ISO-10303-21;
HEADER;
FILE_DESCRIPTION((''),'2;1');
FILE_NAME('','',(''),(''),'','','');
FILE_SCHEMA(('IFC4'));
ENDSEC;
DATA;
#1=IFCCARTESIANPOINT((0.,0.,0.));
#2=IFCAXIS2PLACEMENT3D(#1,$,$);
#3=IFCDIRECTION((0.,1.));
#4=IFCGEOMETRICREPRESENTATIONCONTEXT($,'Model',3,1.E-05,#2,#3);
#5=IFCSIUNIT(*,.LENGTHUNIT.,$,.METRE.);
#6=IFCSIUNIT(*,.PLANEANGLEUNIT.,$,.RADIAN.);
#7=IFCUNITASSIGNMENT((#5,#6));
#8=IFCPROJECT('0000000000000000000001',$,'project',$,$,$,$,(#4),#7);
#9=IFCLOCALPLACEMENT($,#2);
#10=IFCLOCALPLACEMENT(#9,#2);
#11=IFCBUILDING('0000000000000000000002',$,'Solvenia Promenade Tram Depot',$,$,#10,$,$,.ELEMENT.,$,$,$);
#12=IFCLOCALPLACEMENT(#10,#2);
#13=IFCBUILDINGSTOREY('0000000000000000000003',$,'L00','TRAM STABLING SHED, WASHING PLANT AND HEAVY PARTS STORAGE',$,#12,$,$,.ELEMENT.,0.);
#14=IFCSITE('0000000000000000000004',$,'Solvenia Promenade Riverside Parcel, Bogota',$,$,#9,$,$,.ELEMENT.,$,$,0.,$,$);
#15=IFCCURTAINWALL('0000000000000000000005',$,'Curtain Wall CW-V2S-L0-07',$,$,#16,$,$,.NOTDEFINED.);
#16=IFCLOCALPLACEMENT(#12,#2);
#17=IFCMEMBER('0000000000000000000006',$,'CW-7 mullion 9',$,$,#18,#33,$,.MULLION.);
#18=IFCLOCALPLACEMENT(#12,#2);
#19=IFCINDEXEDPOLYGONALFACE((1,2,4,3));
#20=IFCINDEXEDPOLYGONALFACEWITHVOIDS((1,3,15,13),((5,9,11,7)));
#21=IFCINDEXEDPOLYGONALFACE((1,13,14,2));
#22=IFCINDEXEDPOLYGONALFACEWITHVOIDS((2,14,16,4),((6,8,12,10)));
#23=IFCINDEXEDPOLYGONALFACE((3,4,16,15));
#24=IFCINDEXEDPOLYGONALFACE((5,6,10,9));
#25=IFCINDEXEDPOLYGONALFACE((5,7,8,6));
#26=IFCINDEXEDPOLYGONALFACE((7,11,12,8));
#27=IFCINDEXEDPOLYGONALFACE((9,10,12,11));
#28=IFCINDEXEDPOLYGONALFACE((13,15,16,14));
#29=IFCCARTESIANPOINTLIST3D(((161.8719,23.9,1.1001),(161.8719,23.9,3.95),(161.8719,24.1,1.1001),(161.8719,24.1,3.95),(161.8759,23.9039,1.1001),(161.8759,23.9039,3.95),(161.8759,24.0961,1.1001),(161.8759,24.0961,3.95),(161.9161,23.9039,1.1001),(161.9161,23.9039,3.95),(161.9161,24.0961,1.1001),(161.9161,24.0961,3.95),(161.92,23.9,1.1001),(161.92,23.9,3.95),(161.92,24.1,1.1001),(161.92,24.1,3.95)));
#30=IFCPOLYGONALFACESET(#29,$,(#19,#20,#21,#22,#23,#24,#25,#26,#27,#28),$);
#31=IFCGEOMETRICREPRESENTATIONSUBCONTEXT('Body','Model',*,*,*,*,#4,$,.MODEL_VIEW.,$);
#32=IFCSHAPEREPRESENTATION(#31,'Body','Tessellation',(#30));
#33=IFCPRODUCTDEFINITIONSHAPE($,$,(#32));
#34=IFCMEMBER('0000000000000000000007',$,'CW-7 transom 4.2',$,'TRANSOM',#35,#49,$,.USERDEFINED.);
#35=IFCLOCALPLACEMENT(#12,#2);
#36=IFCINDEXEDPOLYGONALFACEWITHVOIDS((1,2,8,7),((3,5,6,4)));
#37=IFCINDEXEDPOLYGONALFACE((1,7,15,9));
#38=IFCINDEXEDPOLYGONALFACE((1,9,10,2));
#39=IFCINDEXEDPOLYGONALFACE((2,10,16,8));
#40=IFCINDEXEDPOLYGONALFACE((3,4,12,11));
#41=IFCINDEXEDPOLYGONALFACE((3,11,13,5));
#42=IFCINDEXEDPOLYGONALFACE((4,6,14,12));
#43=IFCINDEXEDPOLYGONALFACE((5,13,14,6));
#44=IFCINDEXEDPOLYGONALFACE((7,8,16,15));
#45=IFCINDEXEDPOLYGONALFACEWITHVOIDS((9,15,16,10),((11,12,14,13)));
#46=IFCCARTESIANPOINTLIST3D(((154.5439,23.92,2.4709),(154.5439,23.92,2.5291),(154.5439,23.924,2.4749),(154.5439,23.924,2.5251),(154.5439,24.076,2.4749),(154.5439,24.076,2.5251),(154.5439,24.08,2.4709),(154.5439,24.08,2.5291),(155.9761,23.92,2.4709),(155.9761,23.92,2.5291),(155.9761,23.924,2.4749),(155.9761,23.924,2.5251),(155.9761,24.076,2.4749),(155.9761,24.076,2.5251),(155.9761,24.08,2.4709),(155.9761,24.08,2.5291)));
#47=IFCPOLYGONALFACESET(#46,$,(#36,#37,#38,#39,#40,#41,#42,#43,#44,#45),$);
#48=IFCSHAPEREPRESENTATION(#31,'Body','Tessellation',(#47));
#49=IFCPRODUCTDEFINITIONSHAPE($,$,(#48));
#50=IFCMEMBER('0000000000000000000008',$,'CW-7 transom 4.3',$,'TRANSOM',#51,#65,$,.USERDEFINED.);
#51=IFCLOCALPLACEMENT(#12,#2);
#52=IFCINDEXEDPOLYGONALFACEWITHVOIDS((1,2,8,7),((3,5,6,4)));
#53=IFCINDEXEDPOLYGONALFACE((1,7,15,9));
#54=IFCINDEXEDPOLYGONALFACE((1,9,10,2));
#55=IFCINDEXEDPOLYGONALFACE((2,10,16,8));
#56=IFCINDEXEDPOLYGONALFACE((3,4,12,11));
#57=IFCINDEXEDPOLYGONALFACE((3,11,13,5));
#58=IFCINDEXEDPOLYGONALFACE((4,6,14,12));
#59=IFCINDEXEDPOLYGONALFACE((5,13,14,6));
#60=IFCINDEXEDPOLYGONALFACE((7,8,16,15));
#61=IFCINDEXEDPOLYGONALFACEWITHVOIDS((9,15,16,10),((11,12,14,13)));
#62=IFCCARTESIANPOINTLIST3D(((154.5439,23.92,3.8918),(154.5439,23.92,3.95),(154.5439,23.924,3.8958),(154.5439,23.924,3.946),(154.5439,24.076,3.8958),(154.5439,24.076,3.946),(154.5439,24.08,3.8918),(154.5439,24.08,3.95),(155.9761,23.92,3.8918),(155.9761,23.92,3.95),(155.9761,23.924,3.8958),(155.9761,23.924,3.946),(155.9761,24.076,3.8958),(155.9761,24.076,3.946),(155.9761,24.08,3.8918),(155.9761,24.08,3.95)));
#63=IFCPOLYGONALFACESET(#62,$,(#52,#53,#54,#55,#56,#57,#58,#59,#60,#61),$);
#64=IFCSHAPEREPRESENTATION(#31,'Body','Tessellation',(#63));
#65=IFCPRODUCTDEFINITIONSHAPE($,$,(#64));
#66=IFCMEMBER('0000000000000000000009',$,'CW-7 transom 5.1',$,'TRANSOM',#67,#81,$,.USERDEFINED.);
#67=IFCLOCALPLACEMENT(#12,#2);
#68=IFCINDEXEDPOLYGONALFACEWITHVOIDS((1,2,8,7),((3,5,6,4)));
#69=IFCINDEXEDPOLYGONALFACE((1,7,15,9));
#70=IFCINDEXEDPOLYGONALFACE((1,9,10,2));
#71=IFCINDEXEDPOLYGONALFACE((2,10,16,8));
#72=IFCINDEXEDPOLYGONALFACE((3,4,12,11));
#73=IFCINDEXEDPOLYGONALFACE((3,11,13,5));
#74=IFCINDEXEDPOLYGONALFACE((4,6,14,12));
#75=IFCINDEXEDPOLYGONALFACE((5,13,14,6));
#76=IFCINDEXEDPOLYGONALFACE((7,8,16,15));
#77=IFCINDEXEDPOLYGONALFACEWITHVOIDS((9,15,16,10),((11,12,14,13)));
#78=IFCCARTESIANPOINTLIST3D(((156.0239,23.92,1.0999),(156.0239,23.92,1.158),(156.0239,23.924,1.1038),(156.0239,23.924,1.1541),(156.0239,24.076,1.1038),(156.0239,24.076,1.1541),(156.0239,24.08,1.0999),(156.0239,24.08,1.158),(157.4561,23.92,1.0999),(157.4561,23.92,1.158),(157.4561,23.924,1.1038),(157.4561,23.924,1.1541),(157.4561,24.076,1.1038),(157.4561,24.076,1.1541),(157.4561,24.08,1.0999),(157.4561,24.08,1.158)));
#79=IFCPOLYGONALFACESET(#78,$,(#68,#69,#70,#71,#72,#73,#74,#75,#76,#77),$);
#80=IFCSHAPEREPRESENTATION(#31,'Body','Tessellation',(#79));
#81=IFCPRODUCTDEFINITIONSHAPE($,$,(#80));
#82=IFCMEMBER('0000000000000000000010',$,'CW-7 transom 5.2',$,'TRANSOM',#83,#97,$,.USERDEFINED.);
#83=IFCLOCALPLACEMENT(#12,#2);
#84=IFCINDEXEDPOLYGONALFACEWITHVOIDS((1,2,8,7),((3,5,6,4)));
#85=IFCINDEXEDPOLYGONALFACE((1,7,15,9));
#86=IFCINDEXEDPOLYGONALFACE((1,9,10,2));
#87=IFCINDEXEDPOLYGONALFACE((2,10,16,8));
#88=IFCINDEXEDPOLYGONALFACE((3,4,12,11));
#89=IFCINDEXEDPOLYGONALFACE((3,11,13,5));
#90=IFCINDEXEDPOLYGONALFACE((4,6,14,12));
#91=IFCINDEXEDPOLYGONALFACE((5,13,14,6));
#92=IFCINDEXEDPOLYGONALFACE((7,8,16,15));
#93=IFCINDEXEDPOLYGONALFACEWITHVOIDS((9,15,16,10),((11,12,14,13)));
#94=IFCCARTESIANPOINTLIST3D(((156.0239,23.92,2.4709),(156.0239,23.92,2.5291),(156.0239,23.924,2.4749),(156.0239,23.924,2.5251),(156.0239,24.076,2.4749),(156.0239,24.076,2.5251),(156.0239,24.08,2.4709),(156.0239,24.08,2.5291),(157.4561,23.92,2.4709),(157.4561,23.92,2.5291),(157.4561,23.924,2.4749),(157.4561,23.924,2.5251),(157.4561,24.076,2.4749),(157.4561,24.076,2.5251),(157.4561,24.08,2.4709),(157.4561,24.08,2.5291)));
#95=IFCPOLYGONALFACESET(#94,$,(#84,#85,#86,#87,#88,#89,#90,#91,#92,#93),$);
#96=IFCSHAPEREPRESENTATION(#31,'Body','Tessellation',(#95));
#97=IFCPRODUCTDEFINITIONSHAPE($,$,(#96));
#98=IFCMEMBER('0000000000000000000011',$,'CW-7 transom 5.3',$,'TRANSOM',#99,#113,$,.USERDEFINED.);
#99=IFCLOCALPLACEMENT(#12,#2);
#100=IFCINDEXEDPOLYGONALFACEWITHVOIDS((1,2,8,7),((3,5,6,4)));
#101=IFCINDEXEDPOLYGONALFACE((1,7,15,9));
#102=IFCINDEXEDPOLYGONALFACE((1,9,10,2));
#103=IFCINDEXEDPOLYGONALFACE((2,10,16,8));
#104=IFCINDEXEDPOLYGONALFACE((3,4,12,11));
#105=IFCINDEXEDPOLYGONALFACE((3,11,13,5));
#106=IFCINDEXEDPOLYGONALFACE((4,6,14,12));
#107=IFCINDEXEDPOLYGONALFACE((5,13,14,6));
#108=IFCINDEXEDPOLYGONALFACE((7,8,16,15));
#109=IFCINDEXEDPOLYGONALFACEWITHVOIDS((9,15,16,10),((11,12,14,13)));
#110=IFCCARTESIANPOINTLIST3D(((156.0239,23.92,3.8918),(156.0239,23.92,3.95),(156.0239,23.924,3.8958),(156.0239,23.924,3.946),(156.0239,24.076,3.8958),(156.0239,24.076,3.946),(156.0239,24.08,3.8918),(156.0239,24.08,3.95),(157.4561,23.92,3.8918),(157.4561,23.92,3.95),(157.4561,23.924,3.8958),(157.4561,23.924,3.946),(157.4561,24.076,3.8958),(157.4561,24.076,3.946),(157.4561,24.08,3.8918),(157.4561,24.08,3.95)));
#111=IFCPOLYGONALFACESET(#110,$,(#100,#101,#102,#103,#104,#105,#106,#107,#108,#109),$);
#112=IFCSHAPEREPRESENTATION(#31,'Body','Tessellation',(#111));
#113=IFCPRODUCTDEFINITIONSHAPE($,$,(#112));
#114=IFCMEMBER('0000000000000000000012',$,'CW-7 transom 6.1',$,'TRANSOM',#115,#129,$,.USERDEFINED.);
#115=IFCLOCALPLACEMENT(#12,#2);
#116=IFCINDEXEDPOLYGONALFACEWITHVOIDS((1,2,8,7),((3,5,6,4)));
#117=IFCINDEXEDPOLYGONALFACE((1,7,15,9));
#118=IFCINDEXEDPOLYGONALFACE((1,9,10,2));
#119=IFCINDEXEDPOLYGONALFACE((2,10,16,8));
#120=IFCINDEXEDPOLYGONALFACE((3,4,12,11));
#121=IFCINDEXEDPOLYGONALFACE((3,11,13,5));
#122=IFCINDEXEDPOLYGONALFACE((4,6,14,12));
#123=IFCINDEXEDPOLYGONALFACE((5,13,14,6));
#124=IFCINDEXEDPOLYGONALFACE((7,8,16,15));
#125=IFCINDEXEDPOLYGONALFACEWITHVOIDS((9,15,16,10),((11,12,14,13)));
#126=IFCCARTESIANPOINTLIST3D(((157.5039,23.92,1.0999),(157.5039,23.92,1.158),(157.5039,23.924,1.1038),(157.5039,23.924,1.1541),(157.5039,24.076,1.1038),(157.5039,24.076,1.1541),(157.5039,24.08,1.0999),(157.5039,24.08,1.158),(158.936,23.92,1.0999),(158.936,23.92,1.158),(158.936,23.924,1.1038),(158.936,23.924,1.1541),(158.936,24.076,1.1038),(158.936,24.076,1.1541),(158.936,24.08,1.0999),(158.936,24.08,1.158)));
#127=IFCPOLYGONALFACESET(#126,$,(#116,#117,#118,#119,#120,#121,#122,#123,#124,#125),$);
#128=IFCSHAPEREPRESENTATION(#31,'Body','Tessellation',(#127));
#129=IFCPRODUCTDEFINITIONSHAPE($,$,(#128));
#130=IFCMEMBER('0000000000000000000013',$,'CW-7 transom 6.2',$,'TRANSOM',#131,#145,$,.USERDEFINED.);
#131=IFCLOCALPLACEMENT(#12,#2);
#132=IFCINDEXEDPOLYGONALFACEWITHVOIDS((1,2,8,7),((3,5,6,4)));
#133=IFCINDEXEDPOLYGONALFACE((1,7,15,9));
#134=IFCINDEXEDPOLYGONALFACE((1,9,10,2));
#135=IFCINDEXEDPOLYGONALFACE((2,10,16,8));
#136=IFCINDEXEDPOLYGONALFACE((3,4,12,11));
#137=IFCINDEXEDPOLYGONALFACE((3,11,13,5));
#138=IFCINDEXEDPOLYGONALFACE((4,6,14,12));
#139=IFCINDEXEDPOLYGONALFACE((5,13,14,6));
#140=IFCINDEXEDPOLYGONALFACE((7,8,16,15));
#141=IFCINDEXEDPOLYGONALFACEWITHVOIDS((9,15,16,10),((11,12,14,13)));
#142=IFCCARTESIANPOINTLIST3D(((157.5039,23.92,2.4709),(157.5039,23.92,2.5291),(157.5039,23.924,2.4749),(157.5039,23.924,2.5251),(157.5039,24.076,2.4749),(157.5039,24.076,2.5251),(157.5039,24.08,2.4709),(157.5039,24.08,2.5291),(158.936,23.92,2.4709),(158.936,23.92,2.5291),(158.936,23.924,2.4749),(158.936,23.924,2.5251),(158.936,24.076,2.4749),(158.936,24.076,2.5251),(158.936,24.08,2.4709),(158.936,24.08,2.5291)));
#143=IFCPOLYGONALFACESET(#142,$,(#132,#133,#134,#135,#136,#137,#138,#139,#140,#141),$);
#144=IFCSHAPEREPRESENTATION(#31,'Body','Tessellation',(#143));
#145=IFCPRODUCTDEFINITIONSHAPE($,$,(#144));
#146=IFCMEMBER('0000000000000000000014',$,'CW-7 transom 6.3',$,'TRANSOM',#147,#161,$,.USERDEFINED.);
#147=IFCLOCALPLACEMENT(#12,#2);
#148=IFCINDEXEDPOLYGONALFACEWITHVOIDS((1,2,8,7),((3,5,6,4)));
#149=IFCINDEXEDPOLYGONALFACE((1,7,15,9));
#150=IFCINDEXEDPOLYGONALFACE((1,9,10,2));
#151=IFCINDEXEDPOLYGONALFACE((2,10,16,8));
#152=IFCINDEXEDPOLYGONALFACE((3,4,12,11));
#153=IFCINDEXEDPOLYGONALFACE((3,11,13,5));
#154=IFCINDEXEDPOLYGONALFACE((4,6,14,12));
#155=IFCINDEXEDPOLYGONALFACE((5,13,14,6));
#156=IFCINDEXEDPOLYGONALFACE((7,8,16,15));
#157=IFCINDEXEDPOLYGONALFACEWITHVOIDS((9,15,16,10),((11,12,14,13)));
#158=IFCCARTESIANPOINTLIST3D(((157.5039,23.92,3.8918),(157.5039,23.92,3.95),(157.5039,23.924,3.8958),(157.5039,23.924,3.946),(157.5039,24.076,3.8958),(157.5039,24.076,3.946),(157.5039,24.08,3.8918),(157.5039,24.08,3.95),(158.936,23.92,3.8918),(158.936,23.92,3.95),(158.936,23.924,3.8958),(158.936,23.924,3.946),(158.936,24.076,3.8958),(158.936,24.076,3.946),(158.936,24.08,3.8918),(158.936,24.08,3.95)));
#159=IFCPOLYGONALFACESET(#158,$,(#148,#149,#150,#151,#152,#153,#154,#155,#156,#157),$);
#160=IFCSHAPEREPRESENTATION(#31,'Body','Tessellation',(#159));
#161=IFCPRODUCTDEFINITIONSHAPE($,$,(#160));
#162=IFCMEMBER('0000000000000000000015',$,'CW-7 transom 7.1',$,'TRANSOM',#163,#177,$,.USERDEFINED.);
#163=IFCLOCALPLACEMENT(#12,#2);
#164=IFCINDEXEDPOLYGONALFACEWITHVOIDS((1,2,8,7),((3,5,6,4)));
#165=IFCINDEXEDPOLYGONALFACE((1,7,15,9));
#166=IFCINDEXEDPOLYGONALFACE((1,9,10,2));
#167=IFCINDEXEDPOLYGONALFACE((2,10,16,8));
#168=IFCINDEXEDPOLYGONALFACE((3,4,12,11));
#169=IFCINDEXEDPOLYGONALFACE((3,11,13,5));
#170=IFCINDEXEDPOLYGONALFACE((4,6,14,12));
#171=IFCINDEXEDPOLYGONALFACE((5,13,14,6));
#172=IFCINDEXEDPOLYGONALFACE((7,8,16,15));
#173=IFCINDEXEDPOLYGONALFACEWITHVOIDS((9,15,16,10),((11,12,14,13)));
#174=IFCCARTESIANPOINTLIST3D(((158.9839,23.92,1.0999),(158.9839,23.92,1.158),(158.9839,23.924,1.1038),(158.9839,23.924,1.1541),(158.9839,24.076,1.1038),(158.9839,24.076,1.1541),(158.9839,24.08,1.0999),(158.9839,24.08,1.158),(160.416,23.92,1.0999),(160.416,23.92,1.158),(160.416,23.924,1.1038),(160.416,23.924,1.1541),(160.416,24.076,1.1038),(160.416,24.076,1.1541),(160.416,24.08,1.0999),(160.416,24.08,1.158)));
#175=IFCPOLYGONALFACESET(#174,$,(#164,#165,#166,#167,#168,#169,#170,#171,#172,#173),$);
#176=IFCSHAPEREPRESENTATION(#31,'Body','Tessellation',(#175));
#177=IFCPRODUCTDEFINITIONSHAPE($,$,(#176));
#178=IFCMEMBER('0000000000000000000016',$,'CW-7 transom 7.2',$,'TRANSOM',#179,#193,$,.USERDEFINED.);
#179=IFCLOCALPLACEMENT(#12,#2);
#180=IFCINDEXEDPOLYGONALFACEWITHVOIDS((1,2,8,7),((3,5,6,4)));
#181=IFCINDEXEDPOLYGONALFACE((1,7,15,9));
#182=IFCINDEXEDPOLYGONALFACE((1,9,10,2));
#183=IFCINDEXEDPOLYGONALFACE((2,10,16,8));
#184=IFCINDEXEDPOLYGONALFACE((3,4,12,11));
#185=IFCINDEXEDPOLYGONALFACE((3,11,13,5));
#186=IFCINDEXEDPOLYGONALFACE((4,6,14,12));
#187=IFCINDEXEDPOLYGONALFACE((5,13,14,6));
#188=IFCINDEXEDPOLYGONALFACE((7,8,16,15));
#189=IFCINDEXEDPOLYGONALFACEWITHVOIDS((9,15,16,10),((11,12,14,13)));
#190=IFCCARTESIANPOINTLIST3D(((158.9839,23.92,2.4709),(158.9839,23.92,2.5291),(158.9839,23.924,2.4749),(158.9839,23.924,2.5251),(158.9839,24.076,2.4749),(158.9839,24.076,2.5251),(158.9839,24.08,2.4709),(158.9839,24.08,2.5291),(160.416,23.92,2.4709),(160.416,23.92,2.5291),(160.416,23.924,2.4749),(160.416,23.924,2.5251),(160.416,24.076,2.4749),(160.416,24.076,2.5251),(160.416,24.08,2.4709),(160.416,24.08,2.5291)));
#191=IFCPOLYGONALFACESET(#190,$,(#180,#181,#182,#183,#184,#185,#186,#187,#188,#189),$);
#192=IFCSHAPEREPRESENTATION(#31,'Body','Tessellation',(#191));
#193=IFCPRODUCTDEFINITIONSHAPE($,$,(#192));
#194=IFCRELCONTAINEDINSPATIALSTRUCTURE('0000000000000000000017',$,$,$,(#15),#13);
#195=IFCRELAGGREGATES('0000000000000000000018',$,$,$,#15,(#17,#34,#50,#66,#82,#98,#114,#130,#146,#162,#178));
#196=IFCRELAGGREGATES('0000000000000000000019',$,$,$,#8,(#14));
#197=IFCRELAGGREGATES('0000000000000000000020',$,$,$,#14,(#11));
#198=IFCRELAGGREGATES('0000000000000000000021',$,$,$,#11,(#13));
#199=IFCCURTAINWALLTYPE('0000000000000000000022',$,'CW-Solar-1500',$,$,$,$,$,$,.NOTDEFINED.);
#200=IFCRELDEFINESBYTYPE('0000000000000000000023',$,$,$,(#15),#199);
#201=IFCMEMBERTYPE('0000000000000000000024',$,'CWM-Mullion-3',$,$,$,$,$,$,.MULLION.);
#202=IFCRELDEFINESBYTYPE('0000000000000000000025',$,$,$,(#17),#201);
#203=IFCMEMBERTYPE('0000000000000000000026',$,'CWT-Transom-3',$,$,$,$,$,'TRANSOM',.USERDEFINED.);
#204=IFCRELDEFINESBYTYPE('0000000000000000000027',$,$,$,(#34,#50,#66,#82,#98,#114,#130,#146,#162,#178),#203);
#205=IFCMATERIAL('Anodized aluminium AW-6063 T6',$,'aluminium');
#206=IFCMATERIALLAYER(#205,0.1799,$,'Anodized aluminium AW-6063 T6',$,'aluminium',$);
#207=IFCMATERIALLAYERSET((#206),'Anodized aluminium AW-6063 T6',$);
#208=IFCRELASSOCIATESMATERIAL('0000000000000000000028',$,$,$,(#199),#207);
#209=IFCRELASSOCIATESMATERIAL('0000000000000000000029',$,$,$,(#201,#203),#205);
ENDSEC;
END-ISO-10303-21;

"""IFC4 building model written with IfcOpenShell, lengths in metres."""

from ifc_helpers import new_model, si_unit, direction, frame, origin, origin_2d, place, context, subcontext, project, spatial, hollow_rectangle, extrude, material, layer, layer_set, material_profile, profile_set, type_object, element, aggregate, save


model = new_model("IFC4")

# Units and contexts
model_context = context("Model", 3, precision=1e-05, world=origin(), true_north=direction((0.0, 1.0)))
body_context = subcontext(model_context, "Body", "Model", "MODEL_VIEW")
ifc_project = project(units=[si_unit("LENGTHUNIT", "METRE"), si_unit("PLANEANGLEUNIT", "RADIAN")], contexts=[model_context])

# Site, building, storey
site_placement = place(None, origin())
site = spatial("IfcSite", under=ifc_project, at=site_placement, Name="Solvenia Promenade Riverside Parcel, Bogota", CompositionType="ELEMENT", RefElevation=0.0)
building_placement = place(site_placement, origin())
building = spatial("IfcBuilding", under=site, at=building_placement, Name="Solvenia Promenade Tram Depot", CompositionType="ELEMENT")
storey_placement = place(building_placement, origin())
storey = spatial("IfcBuildingStorey", under=building, at=storey_placement, Name="L00", Description="TRAM STABLING SHED, WASHING PLANT AND HEAVY PARTS STORAGE", CompositionType="ELEMENT", Elevation=0.0)

# Curtain wall, members
ifc_material_1 = material(Name="Anodized aluminium AW-6063 T6", Category="aluminium")
ifc_layer_1 = layer(ifc_material_1, 0.1799, Name="Anodized aluminium AW-6063 T6", Category="aluminium")
ifc_layer_set_1 = layer_set([ifc_layer_1], Name="Anodized aluminium AW-6063 T6")
curtain_wall_type = type_object("IfcCurtainWallType", Name="CW-Solar-1500", PredefinedType="NOTDEFINED", material=ifc_layer_set_1)
curtain_wall_placement = place(storey_placement, origin())
curtain_wall = element("IfcCurtainWall", 1, at=curtain_wall_placement, inside=storey, type_object=curtain_wall_type, Name="Curtain Wall CW-V2S-L0-07", PredefinedType="NOTDEFINED")
ifc_material_profile_1 = material_profile(ifc_material_1, hollow_rectangle(XDim=0.2, YDim=0.0481, WallThickness=0.0039, at=origin_2d()), Name="ALU-M3", Category="aluminium")
ifc_profile_set_1 = profile_set([ifc_material_profile_1], Name="Anodized aluminium AW-6063 T6")
member_type_1 = type_object("IfcMemberType", Name="CWM-Mullion-3", PredefinedType="MULLION", material=ifc_profile_set_1)
member_1_placement = place(storey_placement, frame((161.896, 24.0, 1.1001), z_axis=(0.0, 0.0, 1.0), x_axis=(0.0, 1.0, 0.0)))
member_1 = element("IfcMember", 2, at=member_1_placement, type_object=member_type_1, Name="CW-7 mullion 9", PredefinedType="MULLION", context=body_context, shape_type="SweptSolid", body=[
    extrude(hollow_rectangle(XDim=0.2, YDim=0.0481, WallThickness=0.0039, at=origin_2d()), origin(), (0.0, 0.0, 1.0), 2.8499),
])
ifc_material_profile_2 = material_profile(ifc_material_1, hollow_rectangle(XDim=0.1599, YDim=0.0581, WallThickness=0.0039, at=origin_2d()), Name="ALU-T3", Category="aluminium")
ifc_profile_set_2 = profile_set([ifc_material_profile_2], Name="Anodized aluminium AW-6063 T6")
member_type_2 = type_object("IfcMemberType", Name="CWT-Transom-3", ElementType="TRANSOM", PredefinedType="USERDEFINED", material=ifc_profile_set_2)
member_2_placement = place(storey_placement, frame((154.5439, 24.0, 2.5), z_axis=(1.0, 0.0, 0.0), x_axis=(0.0, 1.0, 0.0)))
member_2 = element("IfcMember", 3, at=member_2_placement, type_object=member_type_2, Name="CW-7 transom 4.2", ObjectType="TRANSOM", PredefinedType="USERDEFINED", context=body_context, shape_type="SweptSolid", body=[
    extrude(hollow_rectangle(XDim=0.1599, YDim=0.0581, WallThickness=0.0039, at=origin_2d()), origin(), (0.0, 0.0, 1.0), 1.4321),
])
member_3_placement = place(storey_placement, frame((154.5439, 24.0, 3.9209), z_axis=(1.0, 0.0, 0.0), x_axis=(0.0, 1.0, 0.0)))
member_3 = element("IfcMember", 4, at=member_3_placement, type_object=member_type_2, Name="CW-7 transom 4.3", ObjectType="TRANSOM", PredefinedType="USERDEFINED", context=body_context, shape_type="SweptSolid", body=[
    extrude(hollow_rectangle(XDim=0.1599, YDim=0.0581, WallThickness=0.0039, at=origin_2d()), origin(), (0.0, 0.0, 1.0), 1.4321),
])
member_4_placement = place(storey_placement, frame((156.0239, 24.0, 1.1289), z_axis=(1.0, 0.0, 0.0), x_axis=(0.0, 1.0, 0.0)))
member_4 = element("IfcMember", 5, at=member_4_placement, type_object=member_type_2, Name="CW-7 transom 5.1", ObjectType="TRANSOM", PredefinedType="USERDEFINED", context=body_context, shape_type="SweptSolid", body=[
    extrude(hollow_rectangle(XDim=0.1599, YDim=0.0581, WallThickness=0.0039, at=origin_2d()), origin(), (0.0, 0.0, 1.0), 1.4321),
])
member_5_placement = place(storey_placement, frame((156.0239, 24.0, 2.5), z_axis=(1.0, 0.0, 0.0), x_axis=(0.0, 1.0, 0.0)))
member_5 = element("IfcMember", 6, at=member_5_placement, type_object=member_type_2, Name="CW-7 transom 5.2", ObjectType="TRANSOM", PredefinedType="USERDEFINED", context=body_context, shape_type="SweptSolid", body=[
    extrude(hollow_rectangle(XDim=0.1599, YDim=0.0581, WallThickness=0.0039, at=origin_2d()), origin(), (0.0, 0.0, 1.0), 1.4321),
])
member_6_placement = place(storey_placement, frame((156.0239, 24.0, 3.9209), z_axis=(1.0, 0.0, 0.0), x_axis=(0.0, 1.0, 0.0)))
member_6 = element("IfcMember", 7, at=member_6_placement, type_object=member_type_2, Name="CW-7 transom 5.3", ObjectType="TRANSOM", PredefinedType="USERDEFINED", context=body_context, shape_type="SweptSolid", body=[
    extrude(hollow_rectangle(XDim=0.1599, YDim=0.0581, WallThickness=0.0039, at=origin_2d()), origin(), (0.0, 0.0, 1.0), 1.4321),
])
member_7_placement = place(storey_placement, frame((157.5039, 24.0, 1.1289), z_axis=(1.0, 0.0, 0.0), x_axis=(0.0, 1.0, 0.0)))
member_7 = element("IfcMember", 8, at=member_7_placement, type_object=member_type_2, Name="CW-7 transom 6.1", ObjectType="TRANSOM", PredefinedType="USERDEFINED", context=body_context, shape_type="SweptSolid", body=[
    extrude(hollow_rectangle(XDim=0.1599, YDim=0.0581, WallThickness=0.0039, at=origin_2d()), origin(), (0.0, 0.0, 1.0), 1.4321),
])
member_8_placement = place(storey_placement, frame((157.5039, 24.0, 2.5), z_axis=(1.0, 0.0, 0.0), x_axis=(0.0, 1.0, 0.0)))
member_8 = element("IfcMember", 9, at=member_8_placement, type_object=member_type_2, Name="CW-7 transom 6.2", ObjectType="TRANSOM", PredefinedType="USERDEFINED", context=body_context, shape_type="SweptSolid", body=[
    extrude(hollow_rectangle(XDim=0.1599, YDim=0.0581, WallThickness=0.0039, at=origin_2d()), origin(), (0.0, 0.0, 1.0), 1.4321),
])
member_9_placement = place(storey_placement, frame((157.5039, 24.0, 3.9209), z_axis=(1.0, 0.0, 0.0), x_axis=(0.0, 1.0, 0.0)))
member_9 = element("IfcMember", 10, at=member_9_placement, type_object=member_type_2, Name="CW-7 transom 6.3", ObjectType="TRANSOM", PredefinedType="USERDEFINED", context=body_context, shape_type="SweptSolid", body=[
    extrude(hollow_rectangle(XDim=0.1599, YDim=0.0581, WallThickness=0.0039, at=origin_2d()), origin(), (0.0, 0.0, 1.0), 1.4321),
])
member_10_placement = place(storey_placement, frame((158.9839, 24.0, 1.1289), z_axis=(1.0, 0.0, 0.0), x_axis=(0.0, 1.0, 0.0)))
member_10 = element("IfcMember", 11, at=member_10_placement, type_object=member_type_2, Name="CW-7 transom 7.1", ObjectType="TRANSOM", PredefinedType="USERDEFINED", context=body_context, shape_type="SweptSolid", body=[
    extrude(hollow_rectangle(XDim=0.1599, YDim=0.0581, WallThickness=0.0039, at=origin_2d()), origin(), (0.0, 0.0, 1.0), 1.4321),
])
member_11_placement = place(storey_placement, frame((158.9839, 24.0, 2.5), z_axis=(1.0, 0.0, 0.0), x_axis=(0.0, 1.0, 0.0)))
member_11 = element("IfcMember", 12, at=member_11_placement, type_object=member_type_2, Name="CW-7 transom 7.2", ObjectType="TRANSOM", PredefinedType="USERDEFINED", context=body_context, shape_type="SweptSolid", body=[
    extrude(hollow_rectangle(XDim=0.1599, YDim=0.0581, WallThickness=0.0039, at=origin_2d()), origin(), (0.0, 0.0, 1.0), 1.4321),
])
aggregate(curtain_wall, [member_1, member_2, member_3, member_4, member_5, member_6, member_7, member_8, member_9, member_10, member_11])

save(model, "model.ifc")
